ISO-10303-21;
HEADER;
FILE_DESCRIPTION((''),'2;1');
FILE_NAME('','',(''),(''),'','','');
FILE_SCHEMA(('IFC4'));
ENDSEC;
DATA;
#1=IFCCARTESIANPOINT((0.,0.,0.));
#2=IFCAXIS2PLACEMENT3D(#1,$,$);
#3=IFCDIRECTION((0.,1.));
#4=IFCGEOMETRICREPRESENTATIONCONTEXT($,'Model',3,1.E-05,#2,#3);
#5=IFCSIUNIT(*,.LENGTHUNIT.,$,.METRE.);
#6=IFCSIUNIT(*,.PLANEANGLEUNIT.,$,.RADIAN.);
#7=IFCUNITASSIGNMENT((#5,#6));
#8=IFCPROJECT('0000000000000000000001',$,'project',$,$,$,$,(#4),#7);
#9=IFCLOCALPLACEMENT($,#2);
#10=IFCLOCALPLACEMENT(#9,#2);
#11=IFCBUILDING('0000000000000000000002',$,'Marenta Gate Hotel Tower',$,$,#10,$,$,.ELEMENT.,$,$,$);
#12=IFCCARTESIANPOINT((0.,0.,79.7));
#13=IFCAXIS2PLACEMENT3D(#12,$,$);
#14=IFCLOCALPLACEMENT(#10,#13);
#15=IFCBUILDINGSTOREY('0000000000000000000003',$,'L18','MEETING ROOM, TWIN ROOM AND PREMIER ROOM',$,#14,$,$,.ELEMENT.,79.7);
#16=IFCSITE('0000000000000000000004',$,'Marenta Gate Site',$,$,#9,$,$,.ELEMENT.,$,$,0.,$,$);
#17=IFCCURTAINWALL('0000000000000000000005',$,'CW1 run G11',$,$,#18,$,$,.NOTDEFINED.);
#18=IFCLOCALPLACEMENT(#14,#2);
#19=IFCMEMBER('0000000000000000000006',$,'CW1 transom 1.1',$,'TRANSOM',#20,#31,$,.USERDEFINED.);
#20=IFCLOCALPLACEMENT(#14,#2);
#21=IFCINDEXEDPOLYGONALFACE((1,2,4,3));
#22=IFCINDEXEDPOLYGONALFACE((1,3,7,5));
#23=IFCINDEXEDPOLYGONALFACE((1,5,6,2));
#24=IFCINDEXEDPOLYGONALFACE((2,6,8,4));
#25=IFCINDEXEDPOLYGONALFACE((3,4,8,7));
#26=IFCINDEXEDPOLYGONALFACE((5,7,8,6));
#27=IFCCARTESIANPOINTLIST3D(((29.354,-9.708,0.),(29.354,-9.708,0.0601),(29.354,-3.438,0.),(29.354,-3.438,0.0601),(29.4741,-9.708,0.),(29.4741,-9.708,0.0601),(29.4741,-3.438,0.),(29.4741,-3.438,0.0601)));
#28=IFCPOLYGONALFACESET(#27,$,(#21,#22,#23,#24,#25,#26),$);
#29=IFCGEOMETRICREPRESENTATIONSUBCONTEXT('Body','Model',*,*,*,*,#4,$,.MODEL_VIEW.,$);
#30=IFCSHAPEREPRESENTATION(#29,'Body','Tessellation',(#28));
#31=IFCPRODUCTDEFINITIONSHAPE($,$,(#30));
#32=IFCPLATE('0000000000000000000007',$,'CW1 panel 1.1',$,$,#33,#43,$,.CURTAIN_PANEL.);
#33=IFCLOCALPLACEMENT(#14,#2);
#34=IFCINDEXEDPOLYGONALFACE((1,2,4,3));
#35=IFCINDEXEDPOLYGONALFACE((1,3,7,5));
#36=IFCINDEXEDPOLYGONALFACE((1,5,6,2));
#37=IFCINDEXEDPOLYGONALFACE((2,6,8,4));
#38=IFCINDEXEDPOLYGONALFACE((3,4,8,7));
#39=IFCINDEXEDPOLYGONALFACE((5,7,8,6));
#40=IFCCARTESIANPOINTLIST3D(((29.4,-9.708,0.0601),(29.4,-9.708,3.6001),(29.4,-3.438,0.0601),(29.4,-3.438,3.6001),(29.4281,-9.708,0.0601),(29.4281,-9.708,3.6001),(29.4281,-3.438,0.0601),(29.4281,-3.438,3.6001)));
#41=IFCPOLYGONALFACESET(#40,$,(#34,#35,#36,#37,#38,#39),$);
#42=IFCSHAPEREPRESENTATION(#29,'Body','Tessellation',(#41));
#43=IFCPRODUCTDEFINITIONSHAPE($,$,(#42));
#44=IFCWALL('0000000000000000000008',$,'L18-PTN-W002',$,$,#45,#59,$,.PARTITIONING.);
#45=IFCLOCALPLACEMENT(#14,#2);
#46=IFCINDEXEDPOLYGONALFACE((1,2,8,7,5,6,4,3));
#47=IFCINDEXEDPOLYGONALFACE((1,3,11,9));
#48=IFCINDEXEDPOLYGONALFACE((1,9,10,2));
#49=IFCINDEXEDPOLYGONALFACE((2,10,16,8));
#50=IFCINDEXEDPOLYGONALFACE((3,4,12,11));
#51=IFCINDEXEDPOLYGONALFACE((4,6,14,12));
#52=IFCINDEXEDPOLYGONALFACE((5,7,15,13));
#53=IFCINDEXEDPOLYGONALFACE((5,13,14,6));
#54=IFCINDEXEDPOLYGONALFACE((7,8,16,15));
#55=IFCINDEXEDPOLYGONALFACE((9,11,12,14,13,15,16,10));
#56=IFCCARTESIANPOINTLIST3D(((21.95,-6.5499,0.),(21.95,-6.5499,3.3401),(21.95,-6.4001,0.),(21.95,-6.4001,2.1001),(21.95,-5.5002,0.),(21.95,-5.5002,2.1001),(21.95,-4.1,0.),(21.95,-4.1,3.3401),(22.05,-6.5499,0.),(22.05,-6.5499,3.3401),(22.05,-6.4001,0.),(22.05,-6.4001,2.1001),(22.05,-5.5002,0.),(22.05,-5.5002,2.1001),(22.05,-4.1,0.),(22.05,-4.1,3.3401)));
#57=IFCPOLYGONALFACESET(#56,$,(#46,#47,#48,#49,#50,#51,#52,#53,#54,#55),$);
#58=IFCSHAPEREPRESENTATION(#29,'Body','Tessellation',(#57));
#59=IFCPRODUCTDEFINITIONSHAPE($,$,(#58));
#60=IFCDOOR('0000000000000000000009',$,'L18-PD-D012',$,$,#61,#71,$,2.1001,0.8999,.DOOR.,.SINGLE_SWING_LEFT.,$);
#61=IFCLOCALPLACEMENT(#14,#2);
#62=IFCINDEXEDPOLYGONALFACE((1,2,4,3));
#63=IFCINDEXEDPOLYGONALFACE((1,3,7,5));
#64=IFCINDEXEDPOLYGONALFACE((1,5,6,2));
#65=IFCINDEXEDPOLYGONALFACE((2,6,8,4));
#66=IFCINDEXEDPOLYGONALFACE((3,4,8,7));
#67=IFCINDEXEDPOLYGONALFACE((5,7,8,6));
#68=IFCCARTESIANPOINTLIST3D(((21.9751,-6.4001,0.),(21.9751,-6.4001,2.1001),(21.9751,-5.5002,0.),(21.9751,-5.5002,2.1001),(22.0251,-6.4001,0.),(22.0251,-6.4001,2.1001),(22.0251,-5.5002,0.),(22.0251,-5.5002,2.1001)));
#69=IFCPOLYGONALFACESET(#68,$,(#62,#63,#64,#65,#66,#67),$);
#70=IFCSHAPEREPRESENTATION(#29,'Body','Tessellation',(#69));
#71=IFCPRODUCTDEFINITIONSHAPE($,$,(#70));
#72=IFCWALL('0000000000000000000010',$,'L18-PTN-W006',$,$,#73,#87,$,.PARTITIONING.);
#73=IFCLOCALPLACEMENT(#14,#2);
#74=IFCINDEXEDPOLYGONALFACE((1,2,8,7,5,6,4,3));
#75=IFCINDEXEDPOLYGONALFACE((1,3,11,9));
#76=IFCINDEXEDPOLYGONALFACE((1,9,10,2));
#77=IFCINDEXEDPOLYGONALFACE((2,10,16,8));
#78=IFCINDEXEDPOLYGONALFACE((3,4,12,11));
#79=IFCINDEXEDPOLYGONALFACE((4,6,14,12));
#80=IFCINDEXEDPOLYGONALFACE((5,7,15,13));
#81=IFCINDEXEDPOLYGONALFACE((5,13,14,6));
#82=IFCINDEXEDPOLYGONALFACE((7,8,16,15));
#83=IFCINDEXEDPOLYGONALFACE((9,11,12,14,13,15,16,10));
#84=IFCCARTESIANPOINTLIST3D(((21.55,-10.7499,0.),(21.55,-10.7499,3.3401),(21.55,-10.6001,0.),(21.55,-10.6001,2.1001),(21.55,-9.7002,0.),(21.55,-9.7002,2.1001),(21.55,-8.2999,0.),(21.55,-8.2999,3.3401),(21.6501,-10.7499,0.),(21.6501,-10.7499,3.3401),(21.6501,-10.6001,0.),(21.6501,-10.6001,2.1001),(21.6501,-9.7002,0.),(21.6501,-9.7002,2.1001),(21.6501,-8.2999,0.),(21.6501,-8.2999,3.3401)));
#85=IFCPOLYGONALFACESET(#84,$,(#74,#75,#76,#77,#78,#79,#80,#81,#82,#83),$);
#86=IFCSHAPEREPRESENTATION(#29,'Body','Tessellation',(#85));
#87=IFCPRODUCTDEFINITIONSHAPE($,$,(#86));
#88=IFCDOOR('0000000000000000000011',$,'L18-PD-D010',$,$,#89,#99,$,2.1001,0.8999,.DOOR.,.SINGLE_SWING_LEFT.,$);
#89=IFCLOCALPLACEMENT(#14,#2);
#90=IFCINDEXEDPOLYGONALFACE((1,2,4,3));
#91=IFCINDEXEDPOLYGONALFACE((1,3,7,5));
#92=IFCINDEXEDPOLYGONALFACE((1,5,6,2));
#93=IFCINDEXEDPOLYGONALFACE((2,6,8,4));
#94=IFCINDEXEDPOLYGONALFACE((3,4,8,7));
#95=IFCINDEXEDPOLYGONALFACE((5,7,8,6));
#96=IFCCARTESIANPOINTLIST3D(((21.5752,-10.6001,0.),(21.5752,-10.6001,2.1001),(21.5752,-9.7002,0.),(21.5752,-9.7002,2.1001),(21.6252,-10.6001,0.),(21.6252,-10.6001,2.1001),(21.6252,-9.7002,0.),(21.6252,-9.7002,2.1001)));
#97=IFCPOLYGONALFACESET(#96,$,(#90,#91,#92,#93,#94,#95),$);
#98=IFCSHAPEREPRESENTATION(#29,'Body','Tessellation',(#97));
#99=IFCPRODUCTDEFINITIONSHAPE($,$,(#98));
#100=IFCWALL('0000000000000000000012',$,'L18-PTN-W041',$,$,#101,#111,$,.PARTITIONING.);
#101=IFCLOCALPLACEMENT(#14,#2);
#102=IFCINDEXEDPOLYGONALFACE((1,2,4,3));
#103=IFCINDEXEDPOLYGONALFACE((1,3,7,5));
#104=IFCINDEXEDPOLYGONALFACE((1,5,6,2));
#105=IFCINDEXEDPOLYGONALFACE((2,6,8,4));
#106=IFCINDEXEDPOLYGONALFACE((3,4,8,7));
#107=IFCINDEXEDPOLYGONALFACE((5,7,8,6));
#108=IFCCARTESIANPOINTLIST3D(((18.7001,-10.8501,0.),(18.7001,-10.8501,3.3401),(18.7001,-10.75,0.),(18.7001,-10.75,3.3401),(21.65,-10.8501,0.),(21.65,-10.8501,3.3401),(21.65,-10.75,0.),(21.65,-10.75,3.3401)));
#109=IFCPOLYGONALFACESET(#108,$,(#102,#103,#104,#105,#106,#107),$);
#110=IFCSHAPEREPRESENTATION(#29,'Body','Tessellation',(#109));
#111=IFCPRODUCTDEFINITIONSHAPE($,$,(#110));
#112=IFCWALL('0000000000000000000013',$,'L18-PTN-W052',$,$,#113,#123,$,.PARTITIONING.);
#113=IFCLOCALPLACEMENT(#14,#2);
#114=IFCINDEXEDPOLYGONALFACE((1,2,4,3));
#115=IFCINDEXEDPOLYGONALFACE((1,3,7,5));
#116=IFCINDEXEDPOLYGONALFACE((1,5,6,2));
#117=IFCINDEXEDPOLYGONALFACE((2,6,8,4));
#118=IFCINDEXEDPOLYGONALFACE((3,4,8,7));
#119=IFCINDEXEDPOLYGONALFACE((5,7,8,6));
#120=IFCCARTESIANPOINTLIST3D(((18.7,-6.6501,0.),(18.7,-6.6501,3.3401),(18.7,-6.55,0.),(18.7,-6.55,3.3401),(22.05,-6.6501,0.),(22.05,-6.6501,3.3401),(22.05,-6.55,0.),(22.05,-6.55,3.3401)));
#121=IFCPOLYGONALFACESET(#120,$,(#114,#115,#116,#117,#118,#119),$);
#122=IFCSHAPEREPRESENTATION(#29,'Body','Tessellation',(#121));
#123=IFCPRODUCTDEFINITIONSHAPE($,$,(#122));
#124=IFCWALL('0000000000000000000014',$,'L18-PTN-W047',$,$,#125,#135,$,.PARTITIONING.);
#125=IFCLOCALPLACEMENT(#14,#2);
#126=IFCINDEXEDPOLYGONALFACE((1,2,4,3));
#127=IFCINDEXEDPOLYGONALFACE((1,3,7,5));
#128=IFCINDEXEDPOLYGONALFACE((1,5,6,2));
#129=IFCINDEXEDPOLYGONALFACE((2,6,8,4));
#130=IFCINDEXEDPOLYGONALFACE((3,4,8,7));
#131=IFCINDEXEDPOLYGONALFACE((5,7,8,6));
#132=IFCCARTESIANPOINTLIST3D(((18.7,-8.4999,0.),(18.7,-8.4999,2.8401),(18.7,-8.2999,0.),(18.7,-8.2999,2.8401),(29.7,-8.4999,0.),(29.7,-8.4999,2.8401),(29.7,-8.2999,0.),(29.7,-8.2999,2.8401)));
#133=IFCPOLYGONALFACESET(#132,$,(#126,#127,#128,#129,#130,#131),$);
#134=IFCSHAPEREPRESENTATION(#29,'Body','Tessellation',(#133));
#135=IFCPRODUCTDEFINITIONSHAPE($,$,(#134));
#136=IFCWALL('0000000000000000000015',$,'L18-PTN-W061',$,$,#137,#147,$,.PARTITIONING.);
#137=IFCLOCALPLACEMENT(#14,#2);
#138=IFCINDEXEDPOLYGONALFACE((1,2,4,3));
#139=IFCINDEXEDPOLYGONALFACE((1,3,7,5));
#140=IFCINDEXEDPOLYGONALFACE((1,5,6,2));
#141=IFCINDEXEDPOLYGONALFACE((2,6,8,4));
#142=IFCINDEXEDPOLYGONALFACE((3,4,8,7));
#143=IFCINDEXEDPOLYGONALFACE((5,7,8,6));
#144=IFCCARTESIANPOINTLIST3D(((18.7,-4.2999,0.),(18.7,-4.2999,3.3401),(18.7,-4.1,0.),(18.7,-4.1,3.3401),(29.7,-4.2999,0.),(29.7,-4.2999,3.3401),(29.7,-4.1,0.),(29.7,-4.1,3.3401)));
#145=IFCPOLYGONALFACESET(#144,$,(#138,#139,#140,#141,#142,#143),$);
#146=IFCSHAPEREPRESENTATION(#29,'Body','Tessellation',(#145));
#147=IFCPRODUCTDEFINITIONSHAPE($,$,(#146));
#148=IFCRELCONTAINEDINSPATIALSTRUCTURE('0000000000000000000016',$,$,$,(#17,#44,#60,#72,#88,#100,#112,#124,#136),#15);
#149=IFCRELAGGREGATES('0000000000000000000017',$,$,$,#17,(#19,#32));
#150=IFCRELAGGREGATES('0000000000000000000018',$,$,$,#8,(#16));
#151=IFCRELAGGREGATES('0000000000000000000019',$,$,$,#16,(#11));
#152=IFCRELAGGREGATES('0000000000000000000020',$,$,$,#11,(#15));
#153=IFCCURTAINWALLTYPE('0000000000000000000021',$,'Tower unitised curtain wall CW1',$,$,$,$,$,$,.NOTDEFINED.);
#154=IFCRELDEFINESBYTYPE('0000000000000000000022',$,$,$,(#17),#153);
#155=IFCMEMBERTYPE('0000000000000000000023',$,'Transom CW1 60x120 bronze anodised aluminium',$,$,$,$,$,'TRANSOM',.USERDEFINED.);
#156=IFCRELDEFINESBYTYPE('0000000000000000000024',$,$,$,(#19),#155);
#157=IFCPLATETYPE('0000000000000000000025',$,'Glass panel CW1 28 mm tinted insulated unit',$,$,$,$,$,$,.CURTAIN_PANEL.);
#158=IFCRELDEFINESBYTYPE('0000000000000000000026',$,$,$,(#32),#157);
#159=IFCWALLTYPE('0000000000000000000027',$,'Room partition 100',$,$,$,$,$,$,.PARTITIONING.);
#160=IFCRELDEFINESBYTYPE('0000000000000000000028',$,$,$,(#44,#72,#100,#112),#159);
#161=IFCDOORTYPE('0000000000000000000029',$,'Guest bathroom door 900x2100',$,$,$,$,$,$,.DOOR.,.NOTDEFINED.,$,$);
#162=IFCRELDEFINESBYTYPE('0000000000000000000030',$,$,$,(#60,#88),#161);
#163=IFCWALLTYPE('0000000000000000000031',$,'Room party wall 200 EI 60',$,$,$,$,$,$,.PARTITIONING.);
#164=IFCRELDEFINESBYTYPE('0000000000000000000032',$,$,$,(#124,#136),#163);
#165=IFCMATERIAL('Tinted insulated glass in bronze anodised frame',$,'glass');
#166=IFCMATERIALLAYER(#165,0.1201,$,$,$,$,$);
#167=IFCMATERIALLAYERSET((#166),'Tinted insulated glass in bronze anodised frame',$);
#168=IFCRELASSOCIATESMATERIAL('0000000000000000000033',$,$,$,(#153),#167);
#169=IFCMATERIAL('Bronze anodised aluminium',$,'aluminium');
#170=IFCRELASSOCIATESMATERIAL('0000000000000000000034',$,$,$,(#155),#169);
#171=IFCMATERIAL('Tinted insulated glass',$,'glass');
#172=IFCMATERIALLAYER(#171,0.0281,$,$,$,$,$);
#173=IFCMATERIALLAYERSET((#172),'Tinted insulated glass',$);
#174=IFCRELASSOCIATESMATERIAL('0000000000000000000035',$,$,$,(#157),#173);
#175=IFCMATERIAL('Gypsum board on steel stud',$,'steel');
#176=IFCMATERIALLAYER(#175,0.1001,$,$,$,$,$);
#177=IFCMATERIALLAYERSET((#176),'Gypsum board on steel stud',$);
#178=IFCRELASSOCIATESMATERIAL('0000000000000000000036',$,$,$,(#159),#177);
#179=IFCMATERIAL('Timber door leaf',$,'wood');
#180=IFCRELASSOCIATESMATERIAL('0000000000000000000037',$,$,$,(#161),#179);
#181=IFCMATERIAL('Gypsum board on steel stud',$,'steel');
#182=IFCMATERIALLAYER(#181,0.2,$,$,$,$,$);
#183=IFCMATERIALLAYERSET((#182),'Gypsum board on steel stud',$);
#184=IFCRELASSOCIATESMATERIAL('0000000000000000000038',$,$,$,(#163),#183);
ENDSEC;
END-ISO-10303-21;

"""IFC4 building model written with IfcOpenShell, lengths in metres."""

from ifc_helpers import new_model, si_unit, direction, frame, frame_2d, origin, origin_2d, place, context, subcontext, project, spatial, rectangle, extrude, material, layer, layer_set, material_profile, profile_set, type_object, element, fill, aggregate, save


model = new_model("IFC4")

# Units and contexts
model_context = context("Model", 3, precision=1e-05, world=origin(), true_north=direction((0.0, 1.0)))
body_context = subcontext(model_context, "Body", "Model", "MODEL_VIEW")
ifc_project = project(units=[si_unit("LENGTHUNIT", "METRE"), si_unit("PLANEANGLEUNIT", "RADIAN")], contexts=[model_context])

# Site, building, storey
site_placement = place(None, origin())
site = spatial("IfcSite", under=ifc_project, at=site_placement, Name="Marenta Gate Site", CompositionType="ELEMENT", RefElevation=0.0)
building_placement = place(site_placement, origin())
building = spatial("IfcBuilding", under=site, at=building_placement, Name="Marenta Gate Hotel Tower", CompositionType="ELEMENT")
storey_placement = place(building_placement, frame((0.0, 0.0, 79.7)))
storey = spatial("IfcBuildingStorey", under=building, at=storey_placement, Name="L18", Description="MEETING ROOM, TWIN ROOM AND PREMIER ROOM", CompositionType="ELEMENT", Elevation=79.7)

# Curtain wall, member, plate
ifc_material_1 = material(Name="Tinted insulated glass in bronze anodised frame", Category="glass")
ifc_layer_1 = layer(ifc_material_1, 0.1201)
ifc_layer_set_1 = layer_set([ifc_layer_1], Name="Tinted insulated glass in bronze anodised frame")
curtain_wall_type = type_object("IfcCurtainWallType", Name="Tower unitised curtain wall CW1", PredefinedType="NOTDEFINED", material=ifc_layer_set_1)
curtain_wall_placement = place(storey_placement, origin())
curtain_wall = element("IfcCurtainWall", 1, at=curtain_wall_placement, inside=storey, type_object=curtain_wall_type, Name="CW1 run G11", PredefinedType="NOTDEFINED")
ifc_material_2 = material(Name="Bronze anodised aluminium", Category="aluminium")
ifc_material_profile_1 = material_profile(ifc_material_2, rectangle(XDim=0.1201, YDim=0.0601, at=origin_2d()), Name="Transom CW1 60x120 bronze anodised aluminium")
ifc_profile_set_1 = profile_set([ifc_material_profile_1], Name="Bronze anodised aluminium")
member_type_1 = type_object("IfcMemberType", Name="Transom CW1 60x120 bronze anodised aluminium", ElementType="TRANSOM", PredefinedType="USERDEFINED", material=ifc_profile_set_1)
member_1_placement = place(storey_placement, frame((29.4141, -9.708, 0.03), z_axis=(0.0, 1.0, 0.0), x_axis=(-1.0, 0.0, 0.0)))
member_1 = element("IfcMember", 2, at=member_1_placement, type_object=member_type_1, Name="CW1 transom 1.1", ObjectType="TRANSOM", PredefinedType="USERDEFINED", context=body_context, shape_type="SweptSolid", body=[
    extrude(rectangle(XDim=0.1201, YDim=0.0601, at=origin_2d()), origin(), (0.0, 0.0, 1.0), 6.27),
])
ifc_material_3 = material(Name="Tinted insulated glass", Category="glass")
ifc_layer_2 = layer(ifc_material_3, 0.0281)
ifc_layer_set_2 = layer_set([ifc_layer_2], Name="Tinted insulated glass")
plate_type = type_object("IfcPlateType", Name="Glass panel CW1 28 mm tinted insulated unit", PredefinedType="CURTAIN_PANEL", material=ifc_layer_set_2)
plate_placement = place(storey_placement, frame((29.4141, -6.573, 0.0601), z_axis=(0.0, 0.0, 1.0), x_axis=(0.0, 1.0, 0.0)))
plate = element("IfcPlate", 3, at=plate_placement, type_object=plate_type, Name="CW1 panel 1.1", PredefinedType="CURTAIN_PANEL", context=body_context, shape_type="SweptSolid", body=[
    extrude(rectangle(XDim=6.27, YDim=0.0281, at=origin_2d()), origin(), (0.0, 0.0, 1.0), 3.54),
])
aggregate(curtain_wall, [member_1, plate])

# Walls, openings, doors
ifc_material_4 = material(Name="Gypsum board on steel stud", Category="steel")
ifc_layer_3 = layer(ifc_material_4, 0.1001)
ifc_layer_set_3 = layer_set([ifc_layer_3], Name="Gypsum board on steel stud")
wall_type_1 = type_object("IfcWallType", Name="Room partition 100", PredefinedType="PARTITIONING", material=ifc_layer_set_3)
wall_1_placement = place(storey_placement, frame((22.0, -6.55, 0.0), z_axis=(0.0, 0.0, 1.0), x_axis=(0.0, 1.0, 0.0)))
wall_1 = element("IfcWall", 4, at=wall_1_placement, inside=storey, type_object=wall_type_1, Name="L18-PTN-W002", PredefinedType="PARTITIONING", context=body_context, shape_type="SweptSolid", body=[
    extrude(rectangle(XDim=2.45, YDim=0.1001, at=frame_2d((1.2251, 0.0))), origin(), (0.0, 0.0, 1.0), 3.3401),
])
opening_1_placement = place(wall_1_placement, frame((0.1499, 0.0, 0.0)))
opening_1 = element("IfcOpeningElement", 5, at=opening_1_placement, cuts=wall_1, PredefinedType="OPENING", context=body_context, shape_type="SweptSolid", body=[
    extrude(rectangle(XDim=0.8999, YDim=2.1001, at=frame_2d((0.45, 1.05))), frame((0.0, 0.05, 0.0), z_axis=(0.0, -1.0, 0.0), x_axis=(1.0, 0.0, 0.0)), (0.0, 0.0, 1.0), 0.1001),
])
ifc_material_5 = material(Name="Timber door leaf", Category="wood")
door_type_1 = type_object("IfcDoorType", Name="Guest bathroom door 900x2100", OperationType="NOTDEFINED", PredefinedType="DOOR", material=ifc_material_5)
door_1_placement = place(opening_1_placement, origin())
door_1 = element("IfcDoor", 6, at=door_1_placement, inside=storey, type_object=door_type_1, Name="L18-PD-D012", OperationType="SINGLE_SWING_LEFT", OverallHeight=2.1001, OverallWidth=0.8999, PredefinedType="DOOR", context=body_context, shape_type="SweptSolid", body=[
    extrude(rectangle(XDim=0.8999, YDim=2.1001, at=frame_2d((0.45, 1.05))), frame((0.0, 0.0249, 0.0), z_axis=(0.0, -1.0, 0.0), x_axis=(1.0, 0.0, 0.0)), (0.0, 0.0, 1.0), 0.05),
])
fill(opening_1, door_1)
wall_2_placement = place(storey_placement, frame((21.6001, -10.75, 0.0), z_axis=(0.0, 0.0, 1.0), x_axis=(0.0, 1.0, 0.0)))
wall_2 = element("IfcWall", 7, at=wall_2_placement, inside=storey, type_object=wall_type_1, Name="L18-PTN-W006", PredefinedType="PARTITIONING", context=body_context, shape_type="SweptSolid", body=[
    extrude(rectangle(XDim=2.45, YDim=0.1001, at=frame_2d((1.2251, 0.0))), origin(), (0.0, 0.0, 1.0), 3.3401),
])
opening_2_placement = place(wall_2_placement, frame((0.1499, 0.0, 0.0)))
opening_2 = element("IfcOpeningElement", 8, at=opening_2_placement, cuts=wall_2, PredefinedType="OPENING", context=body_context, shape_type="SweptSolid", body=[
    extrude(rectangle(XDim=0.8999, YDim=2.1001, at=frame_2d((0.45, 1.05))), frame((0.0, 0.05, 0.0), z_axis=(0.0, -1.0, 0.0), x_axis=(1.0, 0.0, 0.0)), (0.0, 0.0, 1.0), 0.1001),
])
door_2_placement = place(opening_2_placement, origin())
door_2 = element("IfcDoor", 9, at=door_2_placement, inside=storey, type_object=door_type_1, Name="L18-PD-D010", OperationType="SINGLE_SWING_LEFT", OverallHeight=2.1001, OverallWidth=0.8999, PredefinedType="DOOR", context=body_context, shape_type="SweptSolid", body=[
    extrude(rectangle(XDim=0.8999, YDim=2.1001, at=frame_2d((0.45, 1.05))), frame((0.0, 0.0249, 0.0), z_axis=(0.0, -1.0, 0.0), x_axis=(1.0, 0.0, 0.0)), (0.0, 0.0, 1.0), 0.05),
])
fill(opening_2, door_2)

# Walls
wall_3_placement = place(storey_placement, frame((18.7, -10.8, 0.0), z_axis=(0.0, 0.0, 1.0), x_axis=(1.0, 0.0, 0.0)))
element("IfcWall", 10, at=wall_3_placement, inside=storey, type_object=wall_type_1, Name="L18-PTN-W041", PredefinedType="PARTITIONING", context=body_context, shape_type="SweptSolid", body=[
    extrude(rectangle(XDim=2.95, YDim=0.1001, at=frame_2d((1.4751, 0.0))), origin(), (0.0, 0.0, 1.0), 3.3401),
])
wall_4_placement = place(storey_placement, frame((18.7, -6.6001, 0.0), z_axis=(0.0, 0.0, 1.0), x_axis=(1.0, 0.0, 0.0)))
element("IfcWall", 11, at=wall_4_placement, inside=storey, type_object=wall_type_1, Name="L18-PTN-W052", PredefinedType="PARTITIONING", context=body_context, shape_type="SweptSolid", body=[
    extrude(rectangle(XDim=3.3501, YDim=0.1001, at=frame_2d((1.675, 0.0))), origin(), (0.0, 0.0, 1.0), 3.3401),
])
ifc_material_6 = material(Name="Gypsum board on steel stud", Category="steel")
ifc_layer_4 = layer(ifc_material_6, 0.2)
ifc_layer_set_4 = layer_set([ifc_layer_4], Name="Gypsum board on steel stud")
wall_type_2 = type_object("IfcWallType", Name="Room party wall 200 EI 60", PredefinedType="PARTITIONING", material=ifc_layer_set_4)
wall_5_placement = place(storey_placement, frame((18.7, -8.3999, 0.0), z_axis=(0.0, 0.0, 1.0), x_axis=(1.0, 0.0, 0.0)))
element("IfcWall", 12, at=wall_5_placement, inside=storey, type_object=wall_type_2, Name="L18-PTN-W047", PredefinedType="PARTITIONING", context=body_context, shape_type="SweptSolid", body=[
    extrude(rectangle(XDim=11.0, YDim=0.2, at=frame_2d((5.5, 0.0))), origin(), (0.0, 0.0, 1.0), 2.8401),
])
wall_6_placement = place(storey_placement, frame((18.7, -4.2, 0.0), z_axis=(0.0, 0.0, 1.0), x_axis=(1.0, 0.0, 0.0)))
element("IfcWall", 13, at=wall_6_placement, inside=storey, type_object=wall_type_2, Name="L18-PTN-W061", PredefinedType="PARTITIONING", context=body_context, shape_type="SweptSolid", body=[
    extrude(rectangle(XDim=11.0, YDim=0.2, at=frame_2d((5.5, 0.0))), origin(), (0.0, 0.0, 1.0), 3.3401),
])

save(model, "model.ifc")
